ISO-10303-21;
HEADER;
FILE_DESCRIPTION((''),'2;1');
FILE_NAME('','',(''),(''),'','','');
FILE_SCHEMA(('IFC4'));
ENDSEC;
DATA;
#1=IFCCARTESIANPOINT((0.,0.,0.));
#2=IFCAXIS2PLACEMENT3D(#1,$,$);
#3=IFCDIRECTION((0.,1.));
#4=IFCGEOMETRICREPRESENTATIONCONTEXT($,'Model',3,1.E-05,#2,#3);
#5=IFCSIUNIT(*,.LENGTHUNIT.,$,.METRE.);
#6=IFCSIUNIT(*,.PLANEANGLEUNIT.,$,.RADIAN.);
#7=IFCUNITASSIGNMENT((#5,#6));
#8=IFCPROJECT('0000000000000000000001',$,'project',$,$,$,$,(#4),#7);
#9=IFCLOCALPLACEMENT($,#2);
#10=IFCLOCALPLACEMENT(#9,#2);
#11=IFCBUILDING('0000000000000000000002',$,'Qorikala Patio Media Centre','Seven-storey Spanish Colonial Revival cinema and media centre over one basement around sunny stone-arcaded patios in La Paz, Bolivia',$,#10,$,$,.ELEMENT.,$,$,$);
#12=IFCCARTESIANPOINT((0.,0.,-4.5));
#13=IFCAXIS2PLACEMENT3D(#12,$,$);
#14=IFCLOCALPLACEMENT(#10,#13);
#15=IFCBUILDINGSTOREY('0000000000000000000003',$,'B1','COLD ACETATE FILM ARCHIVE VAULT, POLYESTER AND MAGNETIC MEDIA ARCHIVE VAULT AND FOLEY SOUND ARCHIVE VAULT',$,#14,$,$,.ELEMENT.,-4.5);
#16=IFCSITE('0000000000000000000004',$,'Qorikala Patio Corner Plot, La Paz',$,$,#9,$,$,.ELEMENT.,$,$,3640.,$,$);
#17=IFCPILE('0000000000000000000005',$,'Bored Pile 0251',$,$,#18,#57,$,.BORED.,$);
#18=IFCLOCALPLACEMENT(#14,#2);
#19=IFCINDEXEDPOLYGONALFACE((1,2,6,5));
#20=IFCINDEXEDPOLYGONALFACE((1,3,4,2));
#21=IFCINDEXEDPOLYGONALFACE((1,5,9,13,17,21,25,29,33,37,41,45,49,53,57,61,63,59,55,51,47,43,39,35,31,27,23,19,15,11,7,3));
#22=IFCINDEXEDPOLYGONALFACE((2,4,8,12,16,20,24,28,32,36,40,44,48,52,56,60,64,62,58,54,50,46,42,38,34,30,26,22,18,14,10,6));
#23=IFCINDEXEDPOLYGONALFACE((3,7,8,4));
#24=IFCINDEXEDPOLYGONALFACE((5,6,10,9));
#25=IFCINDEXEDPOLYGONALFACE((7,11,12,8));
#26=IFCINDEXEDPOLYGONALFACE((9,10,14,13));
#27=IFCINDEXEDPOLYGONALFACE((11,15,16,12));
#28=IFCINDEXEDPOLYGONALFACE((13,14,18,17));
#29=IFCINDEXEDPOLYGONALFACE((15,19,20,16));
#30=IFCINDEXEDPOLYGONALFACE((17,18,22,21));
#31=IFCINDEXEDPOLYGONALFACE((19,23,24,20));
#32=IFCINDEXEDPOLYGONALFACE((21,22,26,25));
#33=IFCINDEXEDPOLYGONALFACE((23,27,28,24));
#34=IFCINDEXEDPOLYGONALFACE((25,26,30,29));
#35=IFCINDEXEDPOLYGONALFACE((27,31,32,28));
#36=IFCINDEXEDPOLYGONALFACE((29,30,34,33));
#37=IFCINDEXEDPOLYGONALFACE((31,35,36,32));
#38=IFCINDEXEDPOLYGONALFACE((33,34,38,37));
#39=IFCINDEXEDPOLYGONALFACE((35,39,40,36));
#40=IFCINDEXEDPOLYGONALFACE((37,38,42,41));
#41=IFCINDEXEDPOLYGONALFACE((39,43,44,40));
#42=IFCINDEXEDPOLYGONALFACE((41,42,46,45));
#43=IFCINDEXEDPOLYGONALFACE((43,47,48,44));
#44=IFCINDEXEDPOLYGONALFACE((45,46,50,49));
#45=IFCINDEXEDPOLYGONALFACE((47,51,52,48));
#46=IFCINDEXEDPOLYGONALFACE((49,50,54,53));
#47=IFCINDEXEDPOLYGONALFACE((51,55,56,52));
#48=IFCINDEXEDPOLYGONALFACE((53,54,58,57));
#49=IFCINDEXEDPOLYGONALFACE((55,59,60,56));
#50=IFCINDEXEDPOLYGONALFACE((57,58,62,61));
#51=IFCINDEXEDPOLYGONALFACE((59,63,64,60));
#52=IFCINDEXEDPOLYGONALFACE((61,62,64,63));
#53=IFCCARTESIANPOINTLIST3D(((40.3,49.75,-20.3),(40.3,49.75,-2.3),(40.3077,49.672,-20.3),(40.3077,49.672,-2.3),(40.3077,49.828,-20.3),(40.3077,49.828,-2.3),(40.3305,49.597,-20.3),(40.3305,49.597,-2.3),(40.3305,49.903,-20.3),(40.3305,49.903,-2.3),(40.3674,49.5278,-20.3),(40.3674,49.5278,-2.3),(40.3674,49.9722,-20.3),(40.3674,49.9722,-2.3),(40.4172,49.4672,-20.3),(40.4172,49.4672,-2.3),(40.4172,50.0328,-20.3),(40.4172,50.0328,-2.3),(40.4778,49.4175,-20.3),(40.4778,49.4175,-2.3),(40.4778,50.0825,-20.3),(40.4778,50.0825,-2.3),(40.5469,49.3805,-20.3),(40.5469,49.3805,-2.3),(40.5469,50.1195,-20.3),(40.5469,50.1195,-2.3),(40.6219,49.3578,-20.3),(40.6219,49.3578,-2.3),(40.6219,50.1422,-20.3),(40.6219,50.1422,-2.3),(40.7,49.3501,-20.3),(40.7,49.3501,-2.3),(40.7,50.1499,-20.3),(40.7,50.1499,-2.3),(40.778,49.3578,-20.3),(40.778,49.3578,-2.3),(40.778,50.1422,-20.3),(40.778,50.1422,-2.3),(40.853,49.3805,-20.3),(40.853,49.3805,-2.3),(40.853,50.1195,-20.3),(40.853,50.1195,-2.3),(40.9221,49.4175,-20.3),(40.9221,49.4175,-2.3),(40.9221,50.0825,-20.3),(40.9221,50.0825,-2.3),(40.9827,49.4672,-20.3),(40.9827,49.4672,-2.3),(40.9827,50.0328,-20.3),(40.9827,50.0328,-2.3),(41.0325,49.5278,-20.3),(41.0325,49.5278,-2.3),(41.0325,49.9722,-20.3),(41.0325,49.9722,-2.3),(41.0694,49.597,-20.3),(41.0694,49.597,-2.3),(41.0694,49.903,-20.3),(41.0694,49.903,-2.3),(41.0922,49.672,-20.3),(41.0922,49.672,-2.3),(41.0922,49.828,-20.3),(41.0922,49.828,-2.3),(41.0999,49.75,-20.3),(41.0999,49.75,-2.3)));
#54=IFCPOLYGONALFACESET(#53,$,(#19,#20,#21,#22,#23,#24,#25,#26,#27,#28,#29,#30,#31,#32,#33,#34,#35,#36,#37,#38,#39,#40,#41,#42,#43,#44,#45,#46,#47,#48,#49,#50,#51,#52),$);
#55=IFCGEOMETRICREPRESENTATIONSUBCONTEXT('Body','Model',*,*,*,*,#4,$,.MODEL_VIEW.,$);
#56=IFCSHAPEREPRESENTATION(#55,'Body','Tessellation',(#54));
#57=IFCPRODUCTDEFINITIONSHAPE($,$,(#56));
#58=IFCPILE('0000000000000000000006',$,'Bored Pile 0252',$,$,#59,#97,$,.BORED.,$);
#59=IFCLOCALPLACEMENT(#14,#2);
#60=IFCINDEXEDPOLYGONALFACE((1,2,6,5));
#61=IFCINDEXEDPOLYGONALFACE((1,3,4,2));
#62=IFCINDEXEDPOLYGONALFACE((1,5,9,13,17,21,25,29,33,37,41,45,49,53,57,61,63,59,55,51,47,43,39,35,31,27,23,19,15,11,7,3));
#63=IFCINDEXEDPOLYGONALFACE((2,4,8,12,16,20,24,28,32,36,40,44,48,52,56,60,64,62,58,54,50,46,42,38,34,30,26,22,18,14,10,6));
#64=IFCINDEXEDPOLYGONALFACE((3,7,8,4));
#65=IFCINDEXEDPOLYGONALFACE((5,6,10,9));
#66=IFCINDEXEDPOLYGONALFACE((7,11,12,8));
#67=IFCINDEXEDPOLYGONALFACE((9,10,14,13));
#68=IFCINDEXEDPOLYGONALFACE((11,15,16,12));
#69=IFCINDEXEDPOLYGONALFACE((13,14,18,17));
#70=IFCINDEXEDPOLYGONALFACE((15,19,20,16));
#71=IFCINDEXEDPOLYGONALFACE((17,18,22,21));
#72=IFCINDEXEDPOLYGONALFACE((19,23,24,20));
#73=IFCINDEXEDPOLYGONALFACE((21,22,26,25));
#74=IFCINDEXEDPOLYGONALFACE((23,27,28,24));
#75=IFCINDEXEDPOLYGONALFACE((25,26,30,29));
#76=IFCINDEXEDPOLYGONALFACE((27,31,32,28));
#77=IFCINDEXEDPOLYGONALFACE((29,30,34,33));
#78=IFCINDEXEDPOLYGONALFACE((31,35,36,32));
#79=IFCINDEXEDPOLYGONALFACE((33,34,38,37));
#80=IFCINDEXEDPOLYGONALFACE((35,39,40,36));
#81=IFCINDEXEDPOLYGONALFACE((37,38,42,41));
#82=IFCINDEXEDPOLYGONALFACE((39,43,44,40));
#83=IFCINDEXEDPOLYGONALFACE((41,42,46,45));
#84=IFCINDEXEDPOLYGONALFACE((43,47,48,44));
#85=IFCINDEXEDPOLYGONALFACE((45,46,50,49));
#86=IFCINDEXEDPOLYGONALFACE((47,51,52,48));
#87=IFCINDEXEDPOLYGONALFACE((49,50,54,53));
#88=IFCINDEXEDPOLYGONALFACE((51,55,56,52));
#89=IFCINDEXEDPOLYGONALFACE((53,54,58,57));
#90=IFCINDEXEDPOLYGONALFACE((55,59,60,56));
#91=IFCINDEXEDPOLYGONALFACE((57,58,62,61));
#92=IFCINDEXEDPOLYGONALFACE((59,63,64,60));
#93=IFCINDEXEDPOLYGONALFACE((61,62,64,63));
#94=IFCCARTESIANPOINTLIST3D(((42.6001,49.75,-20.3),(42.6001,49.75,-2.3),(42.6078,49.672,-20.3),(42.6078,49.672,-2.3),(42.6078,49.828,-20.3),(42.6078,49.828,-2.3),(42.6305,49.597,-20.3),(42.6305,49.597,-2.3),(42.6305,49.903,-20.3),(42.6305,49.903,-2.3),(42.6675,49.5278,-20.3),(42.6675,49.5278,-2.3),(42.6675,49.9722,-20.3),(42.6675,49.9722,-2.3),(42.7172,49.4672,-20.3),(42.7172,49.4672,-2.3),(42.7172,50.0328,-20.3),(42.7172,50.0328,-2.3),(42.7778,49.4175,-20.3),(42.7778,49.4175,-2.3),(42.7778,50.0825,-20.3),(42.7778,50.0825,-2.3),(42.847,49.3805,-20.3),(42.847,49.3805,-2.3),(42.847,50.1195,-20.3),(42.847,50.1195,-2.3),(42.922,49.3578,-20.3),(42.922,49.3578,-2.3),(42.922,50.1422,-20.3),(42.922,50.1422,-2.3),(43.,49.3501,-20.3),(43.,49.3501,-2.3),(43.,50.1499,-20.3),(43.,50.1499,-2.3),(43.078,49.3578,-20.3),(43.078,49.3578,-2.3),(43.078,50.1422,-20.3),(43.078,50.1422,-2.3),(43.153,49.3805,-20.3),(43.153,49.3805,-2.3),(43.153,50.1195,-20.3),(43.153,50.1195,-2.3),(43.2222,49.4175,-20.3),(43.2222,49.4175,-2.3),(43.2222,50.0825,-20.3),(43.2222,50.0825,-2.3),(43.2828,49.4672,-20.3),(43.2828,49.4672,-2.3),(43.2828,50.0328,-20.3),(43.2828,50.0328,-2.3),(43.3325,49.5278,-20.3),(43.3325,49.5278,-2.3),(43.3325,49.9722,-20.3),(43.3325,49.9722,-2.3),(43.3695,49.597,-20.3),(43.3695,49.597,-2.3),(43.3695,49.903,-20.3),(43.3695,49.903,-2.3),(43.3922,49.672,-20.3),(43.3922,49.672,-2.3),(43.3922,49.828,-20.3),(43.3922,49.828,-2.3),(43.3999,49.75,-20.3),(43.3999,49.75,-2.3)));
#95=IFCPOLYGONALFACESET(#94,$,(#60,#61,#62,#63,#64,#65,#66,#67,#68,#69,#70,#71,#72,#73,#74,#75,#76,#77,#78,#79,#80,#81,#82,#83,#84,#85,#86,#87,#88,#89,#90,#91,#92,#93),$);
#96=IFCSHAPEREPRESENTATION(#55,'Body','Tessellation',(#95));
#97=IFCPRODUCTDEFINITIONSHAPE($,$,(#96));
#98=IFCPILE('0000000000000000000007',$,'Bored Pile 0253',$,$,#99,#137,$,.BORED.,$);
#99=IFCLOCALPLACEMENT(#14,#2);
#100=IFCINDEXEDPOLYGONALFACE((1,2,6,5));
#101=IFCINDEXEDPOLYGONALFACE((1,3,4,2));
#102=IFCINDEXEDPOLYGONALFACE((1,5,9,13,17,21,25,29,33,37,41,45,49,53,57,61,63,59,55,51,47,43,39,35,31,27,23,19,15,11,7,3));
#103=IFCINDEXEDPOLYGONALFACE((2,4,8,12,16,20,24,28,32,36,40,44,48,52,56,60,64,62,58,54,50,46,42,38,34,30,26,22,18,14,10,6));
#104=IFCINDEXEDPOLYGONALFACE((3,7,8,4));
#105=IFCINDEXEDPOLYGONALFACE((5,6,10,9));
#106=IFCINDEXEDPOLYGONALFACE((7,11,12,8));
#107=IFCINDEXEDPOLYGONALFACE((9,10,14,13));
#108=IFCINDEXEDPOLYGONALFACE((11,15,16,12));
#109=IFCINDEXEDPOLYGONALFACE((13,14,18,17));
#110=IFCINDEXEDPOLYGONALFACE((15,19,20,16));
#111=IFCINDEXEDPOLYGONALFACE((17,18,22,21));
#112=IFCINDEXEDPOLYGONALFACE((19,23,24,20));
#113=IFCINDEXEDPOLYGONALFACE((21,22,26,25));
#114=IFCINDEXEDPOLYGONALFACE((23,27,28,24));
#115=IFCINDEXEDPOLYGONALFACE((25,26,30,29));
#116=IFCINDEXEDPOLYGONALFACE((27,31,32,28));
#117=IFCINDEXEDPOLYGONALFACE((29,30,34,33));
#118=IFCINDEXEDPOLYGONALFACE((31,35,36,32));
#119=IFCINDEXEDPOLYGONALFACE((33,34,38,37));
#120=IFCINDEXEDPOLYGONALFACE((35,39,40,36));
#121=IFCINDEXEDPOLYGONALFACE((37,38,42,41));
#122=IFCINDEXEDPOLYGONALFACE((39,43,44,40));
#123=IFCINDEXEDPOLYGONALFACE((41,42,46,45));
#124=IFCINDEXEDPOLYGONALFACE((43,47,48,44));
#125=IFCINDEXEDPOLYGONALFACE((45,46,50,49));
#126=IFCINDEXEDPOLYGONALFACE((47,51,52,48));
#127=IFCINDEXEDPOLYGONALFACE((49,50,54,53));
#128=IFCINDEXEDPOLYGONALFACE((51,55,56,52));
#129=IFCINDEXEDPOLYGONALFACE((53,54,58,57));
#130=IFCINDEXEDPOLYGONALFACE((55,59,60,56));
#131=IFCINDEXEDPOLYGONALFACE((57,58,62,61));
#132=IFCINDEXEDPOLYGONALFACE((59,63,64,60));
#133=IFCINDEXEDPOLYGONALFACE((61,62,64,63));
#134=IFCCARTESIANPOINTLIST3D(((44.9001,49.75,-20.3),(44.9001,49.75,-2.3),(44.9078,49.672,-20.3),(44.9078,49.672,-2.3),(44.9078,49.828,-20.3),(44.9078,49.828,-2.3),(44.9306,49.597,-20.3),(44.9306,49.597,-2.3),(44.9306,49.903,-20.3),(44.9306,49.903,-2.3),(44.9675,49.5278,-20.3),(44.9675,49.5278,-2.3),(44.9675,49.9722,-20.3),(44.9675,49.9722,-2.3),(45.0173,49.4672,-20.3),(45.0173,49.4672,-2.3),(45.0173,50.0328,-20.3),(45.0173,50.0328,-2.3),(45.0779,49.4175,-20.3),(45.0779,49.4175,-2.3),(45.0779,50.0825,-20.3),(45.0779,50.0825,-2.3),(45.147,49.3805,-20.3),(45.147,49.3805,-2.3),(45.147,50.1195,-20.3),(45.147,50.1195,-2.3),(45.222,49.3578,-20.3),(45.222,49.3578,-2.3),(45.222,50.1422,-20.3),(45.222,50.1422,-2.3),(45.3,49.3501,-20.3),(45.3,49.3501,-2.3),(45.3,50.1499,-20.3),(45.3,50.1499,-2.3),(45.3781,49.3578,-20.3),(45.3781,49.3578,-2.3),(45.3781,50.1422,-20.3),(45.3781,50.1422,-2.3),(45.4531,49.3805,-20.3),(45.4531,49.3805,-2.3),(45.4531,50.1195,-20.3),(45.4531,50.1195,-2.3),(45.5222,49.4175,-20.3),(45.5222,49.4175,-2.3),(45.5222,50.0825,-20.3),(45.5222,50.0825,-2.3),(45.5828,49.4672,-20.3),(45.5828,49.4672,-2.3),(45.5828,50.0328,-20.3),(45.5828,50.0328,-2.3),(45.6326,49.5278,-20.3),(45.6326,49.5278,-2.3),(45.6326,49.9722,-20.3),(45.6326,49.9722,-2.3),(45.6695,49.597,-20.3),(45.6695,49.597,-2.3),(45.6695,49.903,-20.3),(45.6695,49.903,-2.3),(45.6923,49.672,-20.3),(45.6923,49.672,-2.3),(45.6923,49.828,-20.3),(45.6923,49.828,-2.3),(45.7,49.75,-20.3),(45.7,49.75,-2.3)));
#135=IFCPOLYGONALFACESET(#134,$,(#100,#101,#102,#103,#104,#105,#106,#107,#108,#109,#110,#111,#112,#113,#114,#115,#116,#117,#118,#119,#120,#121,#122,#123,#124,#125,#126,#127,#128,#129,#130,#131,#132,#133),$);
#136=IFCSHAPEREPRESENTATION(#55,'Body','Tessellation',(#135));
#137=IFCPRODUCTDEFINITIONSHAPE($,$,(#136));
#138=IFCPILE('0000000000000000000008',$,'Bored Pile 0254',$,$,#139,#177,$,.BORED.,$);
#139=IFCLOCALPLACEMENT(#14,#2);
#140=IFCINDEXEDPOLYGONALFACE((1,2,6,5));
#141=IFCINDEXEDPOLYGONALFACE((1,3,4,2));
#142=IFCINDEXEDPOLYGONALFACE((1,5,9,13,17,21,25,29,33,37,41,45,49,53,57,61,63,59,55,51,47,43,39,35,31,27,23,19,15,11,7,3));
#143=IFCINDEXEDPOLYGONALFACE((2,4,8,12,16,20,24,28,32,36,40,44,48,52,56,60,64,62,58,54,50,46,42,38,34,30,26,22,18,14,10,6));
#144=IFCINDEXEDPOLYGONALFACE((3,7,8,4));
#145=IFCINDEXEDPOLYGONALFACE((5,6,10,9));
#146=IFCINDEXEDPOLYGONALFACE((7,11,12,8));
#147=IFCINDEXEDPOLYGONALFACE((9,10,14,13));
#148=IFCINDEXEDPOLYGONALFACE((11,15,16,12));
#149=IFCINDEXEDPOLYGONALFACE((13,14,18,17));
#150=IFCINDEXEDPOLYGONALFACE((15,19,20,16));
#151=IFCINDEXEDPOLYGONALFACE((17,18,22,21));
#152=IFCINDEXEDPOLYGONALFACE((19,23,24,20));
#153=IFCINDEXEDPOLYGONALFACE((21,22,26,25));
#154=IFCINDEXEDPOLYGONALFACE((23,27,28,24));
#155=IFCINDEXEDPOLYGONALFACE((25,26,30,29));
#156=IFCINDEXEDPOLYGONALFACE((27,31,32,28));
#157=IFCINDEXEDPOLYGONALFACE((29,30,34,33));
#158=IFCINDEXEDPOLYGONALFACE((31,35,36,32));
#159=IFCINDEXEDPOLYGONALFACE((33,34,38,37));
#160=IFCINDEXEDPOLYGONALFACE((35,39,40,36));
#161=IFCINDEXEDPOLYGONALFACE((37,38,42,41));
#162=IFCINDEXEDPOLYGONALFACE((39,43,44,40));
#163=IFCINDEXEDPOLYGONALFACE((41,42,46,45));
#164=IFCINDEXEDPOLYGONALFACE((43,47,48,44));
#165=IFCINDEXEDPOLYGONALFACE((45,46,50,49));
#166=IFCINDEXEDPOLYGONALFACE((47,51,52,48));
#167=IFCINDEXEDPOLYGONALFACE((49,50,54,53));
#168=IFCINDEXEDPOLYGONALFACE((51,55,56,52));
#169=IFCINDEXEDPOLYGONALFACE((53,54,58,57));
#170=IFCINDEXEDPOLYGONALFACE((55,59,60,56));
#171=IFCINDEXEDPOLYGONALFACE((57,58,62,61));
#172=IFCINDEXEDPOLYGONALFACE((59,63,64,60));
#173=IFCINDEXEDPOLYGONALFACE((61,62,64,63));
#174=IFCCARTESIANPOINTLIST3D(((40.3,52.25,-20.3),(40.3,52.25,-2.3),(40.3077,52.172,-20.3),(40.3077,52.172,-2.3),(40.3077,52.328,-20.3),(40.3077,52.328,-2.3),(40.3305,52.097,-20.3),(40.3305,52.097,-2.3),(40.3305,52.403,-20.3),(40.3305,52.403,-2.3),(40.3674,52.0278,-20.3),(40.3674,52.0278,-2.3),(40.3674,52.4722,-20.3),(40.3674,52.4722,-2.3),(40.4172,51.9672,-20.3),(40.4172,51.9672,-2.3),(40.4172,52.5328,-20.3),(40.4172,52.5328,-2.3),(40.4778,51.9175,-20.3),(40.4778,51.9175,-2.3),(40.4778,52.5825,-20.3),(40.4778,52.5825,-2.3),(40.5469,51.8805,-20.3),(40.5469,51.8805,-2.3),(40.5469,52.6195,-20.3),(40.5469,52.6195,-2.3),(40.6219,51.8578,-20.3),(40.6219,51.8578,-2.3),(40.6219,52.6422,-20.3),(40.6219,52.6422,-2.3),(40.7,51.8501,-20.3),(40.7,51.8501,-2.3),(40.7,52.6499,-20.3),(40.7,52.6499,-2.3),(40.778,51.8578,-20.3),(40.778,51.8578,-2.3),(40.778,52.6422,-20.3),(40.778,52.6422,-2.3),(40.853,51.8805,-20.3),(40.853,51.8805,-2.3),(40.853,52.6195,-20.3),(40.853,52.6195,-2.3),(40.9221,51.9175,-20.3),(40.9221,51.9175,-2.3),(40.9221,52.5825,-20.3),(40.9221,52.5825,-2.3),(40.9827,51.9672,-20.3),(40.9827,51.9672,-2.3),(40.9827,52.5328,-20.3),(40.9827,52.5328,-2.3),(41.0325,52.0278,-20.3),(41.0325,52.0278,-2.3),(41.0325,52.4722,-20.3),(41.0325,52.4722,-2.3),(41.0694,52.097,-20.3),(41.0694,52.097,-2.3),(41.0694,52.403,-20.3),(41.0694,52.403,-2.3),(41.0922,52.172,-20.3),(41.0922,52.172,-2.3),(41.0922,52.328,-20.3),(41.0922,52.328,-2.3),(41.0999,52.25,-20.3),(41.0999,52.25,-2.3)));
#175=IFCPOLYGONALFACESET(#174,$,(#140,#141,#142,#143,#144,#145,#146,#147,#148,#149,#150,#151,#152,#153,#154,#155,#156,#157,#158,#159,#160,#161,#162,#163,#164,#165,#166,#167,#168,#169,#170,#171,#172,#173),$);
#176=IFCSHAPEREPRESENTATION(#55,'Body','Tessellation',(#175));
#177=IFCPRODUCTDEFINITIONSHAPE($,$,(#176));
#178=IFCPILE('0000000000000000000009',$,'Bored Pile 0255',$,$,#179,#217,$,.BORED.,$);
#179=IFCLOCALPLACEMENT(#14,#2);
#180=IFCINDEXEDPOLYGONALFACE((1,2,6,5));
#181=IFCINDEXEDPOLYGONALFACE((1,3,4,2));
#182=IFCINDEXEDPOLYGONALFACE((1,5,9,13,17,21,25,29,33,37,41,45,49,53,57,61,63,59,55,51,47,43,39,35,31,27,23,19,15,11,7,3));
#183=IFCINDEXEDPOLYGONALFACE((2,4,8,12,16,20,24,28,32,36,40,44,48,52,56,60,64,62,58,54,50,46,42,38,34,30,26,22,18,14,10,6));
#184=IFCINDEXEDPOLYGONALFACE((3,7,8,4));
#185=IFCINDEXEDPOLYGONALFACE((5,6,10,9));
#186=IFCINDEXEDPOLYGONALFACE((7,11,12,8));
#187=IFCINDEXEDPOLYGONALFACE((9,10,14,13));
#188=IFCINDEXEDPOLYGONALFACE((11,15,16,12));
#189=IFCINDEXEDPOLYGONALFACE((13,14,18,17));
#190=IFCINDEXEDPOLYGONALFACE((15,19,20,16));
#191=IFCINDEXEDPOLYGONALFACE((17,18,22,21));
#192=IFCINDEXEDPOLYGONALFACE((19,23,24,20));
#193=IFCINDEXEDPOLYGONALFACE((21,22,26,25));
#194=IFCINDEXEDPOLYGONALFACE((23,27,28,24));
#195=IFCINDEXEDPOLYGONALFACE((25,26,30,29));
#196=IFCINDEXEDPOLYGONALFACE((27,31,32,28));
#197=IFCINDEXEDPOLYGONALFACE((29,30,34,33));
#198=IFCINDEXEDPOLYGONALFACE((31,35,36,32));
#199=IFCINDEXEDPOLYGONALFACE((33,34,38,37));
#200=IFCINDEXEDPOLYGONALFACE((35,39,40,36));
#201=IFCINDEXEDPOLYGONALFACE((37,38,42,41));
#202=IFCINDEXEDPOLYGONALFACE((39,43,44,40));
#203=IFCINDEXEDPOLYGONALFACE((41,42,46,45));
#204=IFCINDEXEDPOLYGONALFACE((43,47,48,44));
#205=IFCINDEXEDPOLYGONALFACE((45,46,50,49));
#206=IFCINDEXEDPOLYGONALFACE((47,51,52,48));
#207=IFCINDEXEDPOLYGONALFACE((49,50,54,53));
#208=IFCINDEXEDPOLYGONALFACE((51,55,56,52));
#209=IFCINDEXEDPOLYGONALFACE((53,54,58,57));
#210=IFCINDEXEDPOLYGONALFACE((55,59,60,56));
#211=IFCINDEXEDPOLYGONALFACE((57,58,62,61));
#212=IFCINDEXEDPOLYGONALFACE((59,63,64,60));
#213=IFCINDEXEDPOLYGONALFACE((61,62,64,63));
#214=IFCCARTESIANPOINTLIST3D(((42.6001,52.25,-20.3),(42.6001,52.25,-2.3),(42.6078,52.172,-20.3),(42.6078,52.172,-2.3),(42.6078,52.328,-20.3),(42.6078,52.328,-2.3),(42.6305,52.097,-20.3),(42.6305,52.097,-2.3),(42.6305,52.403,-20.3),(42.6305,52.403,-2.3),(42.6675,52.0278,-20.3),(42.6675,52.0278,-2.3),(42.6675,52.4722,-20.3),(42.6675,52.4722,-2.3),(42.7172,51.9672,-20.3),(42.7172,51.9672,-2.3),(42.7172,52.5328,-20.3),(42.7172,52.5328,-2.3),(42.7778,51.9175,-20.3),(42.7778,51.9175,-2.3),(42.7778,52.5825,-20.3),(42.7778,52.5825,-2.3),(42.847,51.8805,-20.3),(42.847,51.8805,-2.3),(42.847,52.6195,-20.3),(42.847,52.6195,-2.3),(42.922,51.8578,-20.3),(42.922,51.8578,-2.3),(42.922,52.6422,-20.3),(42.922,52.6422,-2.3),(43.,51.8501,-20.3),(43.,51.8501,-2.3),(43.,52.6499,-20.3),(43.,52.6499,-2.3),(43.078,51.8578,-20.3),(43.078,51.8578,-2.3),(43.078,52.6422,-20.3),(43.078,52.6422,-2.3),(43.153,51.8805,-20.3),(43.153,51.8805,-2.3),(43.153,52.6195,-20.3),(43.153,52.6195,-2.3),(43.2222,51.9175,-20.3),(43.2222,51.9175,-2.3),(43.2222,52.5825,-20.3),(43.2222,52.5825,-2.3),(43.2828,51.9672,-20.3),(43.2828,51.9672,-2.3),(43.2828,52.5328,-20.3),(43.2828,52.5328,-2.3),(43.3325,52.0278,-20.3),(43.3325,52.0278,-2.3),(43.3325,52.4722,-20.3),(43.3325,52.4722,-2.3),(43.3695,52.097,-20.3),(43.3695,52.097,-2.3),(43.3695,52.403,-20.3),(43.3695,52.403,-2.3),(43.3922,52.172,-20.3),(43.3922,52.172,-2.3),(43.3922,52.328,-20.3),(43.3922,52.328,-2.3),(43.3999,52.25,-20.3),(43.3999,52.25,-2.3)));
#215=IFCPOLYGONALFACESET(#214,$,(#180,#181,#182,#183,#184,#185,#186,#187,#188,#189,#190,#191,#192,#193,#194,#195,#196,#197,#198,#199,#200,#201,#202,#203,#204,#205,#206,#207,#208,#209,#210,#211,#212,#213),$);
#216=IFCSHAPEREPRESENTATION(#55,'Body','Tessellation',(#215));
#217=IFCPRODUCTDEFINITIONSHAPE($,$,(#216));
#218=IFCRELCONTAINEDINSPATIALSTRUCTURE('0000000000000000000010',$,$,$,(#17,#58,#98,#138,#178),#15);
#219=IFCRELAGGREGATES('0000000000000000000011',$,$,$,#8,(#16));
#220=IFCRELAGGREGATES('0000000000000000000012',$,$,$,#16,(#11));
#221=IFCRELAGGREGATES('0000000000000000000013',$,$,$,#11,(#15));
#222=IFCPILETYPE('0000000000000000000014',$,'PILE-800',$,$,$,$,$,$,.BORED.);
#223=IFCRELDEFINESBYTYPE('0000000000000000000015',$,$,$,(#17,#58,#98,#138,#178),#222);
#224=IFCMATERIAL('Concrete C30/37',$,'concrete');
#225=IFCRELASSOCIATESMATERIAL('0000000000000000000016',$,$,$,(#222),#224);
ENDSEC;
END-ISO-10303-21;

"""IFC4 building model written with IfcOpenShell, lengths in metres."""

from ifc_helpers import new_model, si_unit, direction, frame, origin, origin_2d, place, context, subcontext, project, spatial, circle, extrude, material, material_profile, profile_set, type_object, element, save


model = new_model("IFC4")

# Units and contexts
model_context = context("Model", 3, precision=1e-05, world=origin(), true_north=direction((0.0, 1.0)))
body_context = subcontext(model_context, "Body", "Model", "MODEL_VIEW")
ifc_project = project(units=[si_unit("LENGTHUNIT", "METRE"), si_unit("PLANEANGLEUNIT", "RADIAN")], contexts=[model_context])

# Site, building, storey
site_placement = place(None, origin())
site = spatial("IfcSite", under=ifc_project, at=site_placement, Name="Qorikala Patio Corner Plot, La Paz", CompositionType="ELEMENT", RefElevation=3640.0)
building_placement = place(site_placement, origin())
building = spatial("IfcBuilding", under=site, at=building_placement, Name="Qorikala Patio Media Centre", Description="Seven-storey Spanish Colonial Revival cinema and media centre over one basement around sunny stone-arcaded patios in La Paz, Bolivia", CompositionType="ELEMENT")
storey_placement = place(building_placement, frame((0.0, 0.0, -4.5)))
storey = spatial("IfcBuildingStorey", under=building, at=storey_placement, Name="B1", Description="COLD ACETATE FILM ARCHIVE VAULT, POLYESTER AND MAGNETIC MEDIA ARCHIVE VAULT AND FOLEY SOUND ARCHIVE VAULT", CompositionType="ELEMENT", Elevation=-4.5)

# Shared definitions
ifc_material_1 = material(Name="Concrete C30/37", Category="concrete")

# Piles
ifc_material_profile_1 = material_profile(ifc_material_1, circle(Radius=0.3999, at=origin_2d()), Name="BORED PILE 800")
ifc_profile_set_1 = profile_set([ifc_material_profile_1], Name="Concrete C30/37")
pile_type_1 = type_object("IfcPileType", Name="PILE-800", PredefinedType="BORED", material=ifc_profile_set_1)
for number, where, z_axis, x_axis, name in (
    (1, (40.7, 49.75, -2.3), (0.0, 0.0, -1.0), (1.0, 0.0, 0.0), "Bored Pile 0251"),
    (2, (43.0, 49.75, -2.3), (0.0, 0.0, -1.0), (1.0, 0.0, 0.0), "Bored Pile 0252"),
    (3, (45.3, 49.75, -2.3), (0.0, 0.0, -1.0), (1.0, 0.0, 0.0), "Bored Pile 0253"),
    (4, (40.7, 52.25, -2.3), (0.0, 0.0, -1.0), (1.0, 0.0, 0.0), "Bored Pile 0254"),
    (5, (43.0, 52.25, -2.3), (0.0, 0.0, -1.0), (1.0, 0.0, 0.0), "Bored Pile 0255"),
):
    element("IfcPile", number, at=place(storey_placement, frame(where, z_axis=z_axis, x_axis=x_axis)), inside=storey, type_object=pile_type_1, Name=name, PredefinedType="BORED", context=body_context, shape_type="SweptSolid", body=[
        extrude(circle(Radius=0.3999, at=origin_2d()), origin(), (0.0, 0.0, 1.0), 18.0),
    ])

save(model, "model.ifc")
